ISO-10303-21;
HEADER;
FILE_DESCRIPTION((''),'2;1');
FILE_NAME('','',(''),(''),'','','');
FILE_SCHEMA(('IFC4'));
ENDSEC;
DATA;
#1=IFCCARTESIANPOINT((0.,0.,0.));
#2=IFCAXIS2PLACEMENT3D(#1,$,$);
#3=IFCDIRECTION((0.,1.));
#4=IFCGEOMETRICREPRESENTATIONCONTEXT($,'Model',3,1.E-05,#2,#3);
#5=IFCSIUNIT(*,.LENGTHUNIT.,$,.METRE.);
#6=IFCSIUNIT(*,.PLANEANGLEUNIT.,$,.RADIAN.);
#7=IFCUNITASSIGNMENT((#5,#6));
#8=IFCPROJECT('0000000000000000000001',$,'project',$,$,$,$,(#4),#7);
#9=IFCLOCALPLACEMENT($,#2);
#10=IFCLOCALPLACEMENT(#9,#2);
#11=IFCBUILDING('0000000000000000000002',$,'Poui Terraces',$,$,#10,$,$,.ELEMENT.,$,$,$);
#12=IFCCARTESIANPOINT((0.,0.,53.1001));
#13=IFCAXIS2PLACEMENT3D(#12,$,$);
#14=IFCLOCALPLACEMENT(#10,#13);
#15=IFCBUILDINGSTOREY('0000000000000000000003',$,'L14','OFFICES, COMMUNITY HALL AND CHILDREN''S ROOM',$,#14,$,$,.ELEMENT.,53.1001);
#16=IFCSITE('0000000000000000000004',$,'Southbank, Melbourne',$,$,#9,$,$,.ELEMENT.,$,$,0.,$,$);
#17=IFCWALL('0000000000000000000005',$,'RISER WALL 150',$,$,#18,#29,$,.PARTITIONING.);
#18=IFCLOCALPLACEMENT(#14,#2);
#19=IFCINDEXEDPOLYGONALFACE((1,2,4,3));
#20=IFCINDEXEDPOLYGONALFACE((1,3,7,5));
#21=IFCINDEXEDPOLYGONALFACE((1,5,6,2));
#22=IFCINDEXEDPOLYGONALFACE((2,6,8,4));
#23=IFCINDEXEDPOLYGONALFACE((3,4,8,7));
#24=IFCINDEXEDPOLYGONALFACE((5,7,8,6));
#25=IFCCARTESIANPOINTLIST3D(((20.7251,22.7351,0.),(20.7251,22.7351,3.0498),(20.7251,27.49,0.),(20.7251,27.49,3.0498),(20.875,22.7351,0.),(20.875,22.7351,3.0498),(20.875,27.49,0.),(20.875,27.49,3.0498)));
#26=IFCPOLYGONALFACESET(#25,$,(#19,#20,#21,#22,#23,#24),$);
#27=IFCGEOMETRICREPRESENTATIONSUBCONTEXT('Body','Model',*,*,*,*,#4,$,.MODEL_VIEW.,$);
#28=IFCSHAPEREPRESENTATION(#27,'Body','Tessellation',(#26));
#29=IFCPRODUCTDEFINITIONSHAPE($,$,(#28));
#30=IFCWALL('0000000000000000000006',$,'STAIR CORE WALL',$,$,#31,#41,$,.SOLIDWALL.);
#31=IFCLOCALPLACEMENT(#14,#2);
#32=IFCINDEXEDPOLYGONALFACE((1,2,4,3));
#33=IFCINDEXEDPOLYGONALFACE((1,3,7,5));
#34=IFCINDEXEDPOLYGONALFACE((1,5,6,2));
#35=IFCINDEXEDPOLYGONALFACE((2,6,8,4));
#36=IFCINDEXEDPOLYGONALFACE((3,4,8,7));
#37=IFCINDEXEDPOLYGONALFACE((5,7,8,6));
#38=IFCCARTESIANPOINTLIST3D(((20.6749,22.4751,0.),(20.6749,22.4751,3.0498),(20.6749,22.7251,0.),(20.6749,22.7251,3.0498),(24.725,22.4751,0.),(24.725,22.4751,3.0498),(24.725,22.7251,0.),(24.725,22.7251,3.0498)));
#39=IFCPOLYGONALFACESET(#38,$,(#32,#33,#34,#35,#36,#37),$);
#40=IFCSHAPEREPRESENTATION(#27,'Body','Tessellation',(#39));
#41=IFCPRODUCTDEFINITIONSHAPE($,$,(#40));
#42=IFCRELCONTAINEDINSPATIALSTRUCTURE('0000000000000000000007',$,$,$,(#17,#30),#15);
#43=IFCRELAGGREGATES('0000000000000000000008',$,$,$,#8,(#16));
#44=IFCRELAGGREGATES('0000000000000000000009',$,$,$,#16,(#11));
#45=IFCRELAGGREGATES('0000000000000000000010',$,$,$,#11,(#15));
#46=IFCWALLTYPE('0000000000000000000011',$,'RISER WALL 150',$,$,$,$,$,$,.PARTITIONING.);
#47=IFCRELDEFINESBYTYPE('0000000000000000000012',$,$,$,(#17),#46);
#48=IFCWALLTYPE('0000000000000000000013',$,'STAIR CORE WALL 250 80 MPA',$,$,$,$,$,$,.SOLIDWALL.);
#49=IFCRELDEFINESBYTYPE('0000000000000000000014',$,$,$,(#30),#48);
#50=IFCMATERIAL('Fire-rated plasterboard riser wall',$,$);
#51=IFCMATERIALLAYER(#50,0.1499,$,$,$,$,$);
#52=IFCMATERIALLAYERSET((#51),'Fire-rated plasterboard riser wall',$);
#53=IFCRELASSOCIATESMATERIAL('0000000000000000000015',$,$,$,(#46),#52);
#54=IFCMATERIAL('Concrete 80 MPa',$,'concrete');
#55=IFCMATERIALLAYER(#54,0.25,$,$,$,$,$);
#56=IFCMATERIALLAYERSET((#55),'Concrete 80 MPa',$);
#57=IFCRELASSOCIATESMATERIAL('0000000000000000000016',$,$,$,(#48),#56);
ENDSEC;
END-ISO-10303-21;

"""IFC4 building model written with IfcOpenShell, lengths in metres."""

from ifc_helpers import new_model, si_unit, direction, frame, frame_2d, origin, place, context, subcontext, project, spatial, rectangle, extrude, material, layer, layer_set, type_object, element, save


model = new_model("IFC4")

# Units and contexts
model_context = context("Model", 3, precision=1e-05, world=origin(), true_north=direction((0.0, 1.0)))
body_context = subcontext(model_context, "Body", "Model", "MODEL_VIEW")
ifc_project = project(units=[si_unit("LENGTHUNIT", "METRE"), si_unit("PLANEANGLEUNIT", "RADIAN")], contexts=[model_context])

# Site, building, storey
site_placement = place(None, origin())
site = spatial("IfcSite", under=ifc_project, at=site_placement, Name="Southbank, Melbourne", CompositionType="ELEMENT", RefElevation=0.0)
building_placement = place(site_placement, origin())
building = spatial("IfcBuilding", under=site, at=building_placement, Name="Poui Terraces", CompositionType="ELEMENT")
storey_placement = place(building_placement, frame((0.0, 0.0, 53.1001)))
storey = spatial("IfcBuildingStorey", under=building, at=storey_placement, Name="L14", Description="OFFICES, COMMUNITY HALL AND CHILDREN'S ROOM", CompositionType="ELEMENT", Elevation=53.1001)

# Walls
ifc_material_1 = material(Name="Fire-rated plasterboard riser wall")
ifc_layer_1 = layer(ifc_material_1, 0.1499)
ifc_layer_set_1 = layer_set([ifc_layer_1], Name="Fire-rated plasterboard riser wall")
wall_type_1 = type_object("IfcWallType", Name="RISER WALL 150", PredefinedType="PARTITIONING", material=ifc_layer_set_1)
wall_1_placement = place(storey_placement, frame((20.8, 22.7351, 0.0), z_axis=(0.0, 0.0, 1.0), x_axis=(0.0, 1.0, 0.0)))
element("IfcWall", 1, at=wall_1_placement, inside=storey, type_object=wall_type_1, Name="RISER WALL 150", PredefinedType="PARTITIONING", context=body_context, shape_type="SweptSolid", body=[
    extrude(rectangle(XDim=4.7549, YDim=0.1499, at=frame_2d((2.3774, 0.0))), origin(), (0.0, 0.0, 1.0), 3.0498),
])
ifc_material_2 = material(Name="Concrete 80 MPa", Category="concrete")
ifc_layer_2 = layer(ifc_material_2, 0.25)
ifc_layer_set_2 = layer_set([ifc_layer_2], Name="Concrete 80 MPa")
wall_type_2 = type_object("IfcWallType", Name="STAIR CORE WALL 250 80 MPA", PredefinedType="SOLIDWALL", material=ifc_layer_set_2)
wall_2_placement = place(storey_placement, frame((20.675, 22.6001, 0.0), z_axis=(0.0, 0.0, 1.0), x_axis=(1.0, 0.0, 0.0)))
element("IfcWall", 2, at=wall_2_placement, inside=storey, type_object=wall_type_2, Name="STAIR CORE WALL", PredefinedType="SOLIDWALL", context=body_context, shape_type="SweptSolid", body=[
    extrude(rectangle(XDim=4.05, YDim=0.25, at=frame_2d((2.0249, 0.0))), origin(), (0.0, 0.0, 1.0), 3.0498),
])

save(model, "model.ifc")
